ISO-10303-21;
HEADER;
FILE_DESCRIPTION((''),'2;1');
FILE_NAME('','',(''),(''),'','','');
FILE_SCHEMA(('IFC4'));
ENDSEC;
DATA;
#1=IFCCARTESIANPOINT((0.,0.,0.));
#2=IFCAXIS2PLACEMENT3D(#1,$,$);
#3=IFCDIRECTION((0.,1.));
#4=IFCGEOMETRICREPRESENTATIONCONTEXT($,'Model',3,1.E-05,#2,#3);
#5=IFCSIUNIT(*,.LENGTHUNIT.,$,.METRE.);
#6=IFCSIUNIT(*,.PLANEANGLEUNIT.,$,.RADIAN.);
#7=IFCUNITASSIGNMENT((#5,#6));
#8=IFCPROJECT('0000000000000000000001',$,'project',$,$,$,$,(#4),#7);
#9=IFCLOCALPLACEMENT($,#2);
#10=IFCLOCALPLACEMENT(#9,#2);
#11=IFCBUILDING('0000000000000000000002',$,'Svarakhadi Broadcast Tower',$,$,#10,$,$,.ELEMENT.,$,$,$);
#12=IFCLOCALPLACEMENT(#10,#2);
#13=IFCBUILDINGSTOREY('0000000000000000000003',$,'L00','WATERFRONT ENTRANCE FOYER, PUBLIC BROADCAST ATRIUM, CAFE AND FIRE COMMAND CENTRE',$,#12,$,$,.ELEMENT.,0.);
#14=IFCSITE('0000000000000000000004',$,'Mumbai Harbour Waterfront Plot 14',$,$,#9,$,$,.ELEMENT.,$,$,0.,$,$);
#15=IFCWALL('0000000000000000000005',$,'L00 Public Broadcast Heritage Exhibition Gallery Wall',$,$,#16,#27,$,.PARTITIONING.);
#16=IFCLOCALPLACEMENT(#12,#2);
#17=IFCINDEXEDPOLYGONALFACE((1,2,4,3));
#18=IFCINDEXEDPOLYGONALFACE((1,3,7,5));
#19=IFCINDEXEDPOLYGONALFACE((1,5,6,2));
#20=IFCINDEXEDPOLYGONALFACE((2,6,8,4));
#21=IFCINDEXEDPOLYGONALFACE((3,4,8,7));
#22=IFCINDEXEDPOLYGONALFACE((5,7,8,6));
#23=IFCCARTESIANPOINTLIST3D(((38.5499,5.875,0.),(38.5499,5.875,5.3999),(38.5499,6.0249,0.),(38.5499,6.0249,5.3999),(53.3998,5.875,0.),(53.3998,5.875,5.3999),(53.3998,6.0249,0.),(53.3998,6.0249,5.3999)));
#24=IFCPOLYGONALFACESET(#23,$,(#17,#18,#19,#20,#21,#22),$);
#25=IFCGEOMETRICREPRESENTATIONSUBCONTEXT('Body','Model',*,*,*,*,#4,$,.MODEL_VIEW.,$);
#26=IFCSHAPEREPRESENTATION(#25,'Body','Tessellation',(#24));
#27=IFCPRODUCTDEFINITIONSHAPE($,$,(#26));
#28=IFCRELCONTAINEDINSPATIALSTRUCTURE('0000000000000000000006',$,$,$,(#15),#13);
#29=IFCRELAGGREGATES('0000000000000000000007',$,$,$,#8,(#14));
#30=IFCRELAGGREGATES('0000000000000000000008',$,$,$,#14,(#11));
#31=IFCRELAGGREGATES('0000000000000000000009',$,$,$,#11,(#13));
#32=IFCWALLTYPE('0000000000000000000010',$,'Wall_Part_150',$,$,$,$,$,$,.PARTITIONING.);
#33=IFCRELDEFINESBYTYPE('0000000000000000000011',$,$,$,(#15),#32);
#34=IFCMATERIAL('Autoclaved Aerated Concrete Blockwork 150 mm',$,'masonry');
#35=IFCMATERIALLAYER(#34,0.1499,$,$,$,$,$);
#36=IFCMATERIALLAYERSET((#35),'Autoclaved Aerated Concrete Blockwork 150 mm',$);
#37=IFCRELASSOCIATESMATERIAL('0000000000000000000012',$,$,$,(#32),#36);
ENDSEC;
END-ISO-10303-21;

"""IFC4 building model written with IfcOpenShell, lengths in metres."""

from ifc_helpers import new_model, si_unit, direction, frame, frame_2d, origin, place, context, subcontext, project, spatial, rectangle, extrude, material, layer, layer_set, type_object, element, save


model = new_model("IFC4")

# Units and contexts
model_context = context("Model", 3, precision=1e-05, world=origin(), true_north=direction((0.0, 1.0)))
body_context = subcontext(model_context, "Body", "Model", "MODEL_VIEW")
ifc_project = project(units=[si_unit("LENGTHUNIT", "METRE"), si_unit("PLANEANGLEUNIT", "RADIAN")], contexts=[model_context])

# Site, building, storey
site_placement = place(None, origin())
site = spatial("IfcSite", under=ifc_project, at=site_placement, Name="Mumbai Harbour Waterfront Plot 14", CompositionType="ELEMENT", RefElevation=0.0)
building_placement = place(site_placement, origin())
building = spatial("IfcBuilding", under=site, at=building_placement, Name="Svarakhadi Broadcast Tower", CompositionType="ELEMENT")
storey_placement = place(building_placement, origin())
storey = spatial("IfcBuildingStorey", under=building, at=storey_placement, Name="L00", Description="WATERFRONT ENTRANCE FOYER, PUBLIC BROADCAST ATRIUM, CAFE AND FIRE COMMAND CENTRE", CompositionType="ELEMENT", Elevation=0.0)

# Shared definitions
ifc_material_1 = material(Name="Autoclaved Aerated Concrete Blockwork 150 mm", Category="masonry")
ifc_layer = layer(ifc_material_1, 0.1499)
ifc_layer_set = layer_set([ifc_layer], Name="Autoclaved Aerated Concrete Blockwork 150 mm")
wall_type = type_object("IfcWallType", Name="Wall_Part_150", PredefinedType="PARTITIONING", material=ifc_layer_set)

# Wall
wall_1_placement = place(storey_placement, frame((38.55, 5.95, 0.0), z_axis=(0.0, 0.0, 1.0), x_axis=(1.0, 0.0, 0.0)))
element("IfcWall", 1, at=wall_1_placement, inside=storey, type_object=wall_type, Name="L00 Public Broadcast Heritage Exhibition Gallery Wall", PredefinedType="PARTITIONING", context=body_context, shape_type="SweptSolid", body=[
    extrude(rectangle(XDim=14.8499, YDim=0.1499, at=frame_2d((7.4248, 0.0))), origin(), (0.0, 0.0, 1.0), 5.3999),
])

save(model, "model.ifc")
